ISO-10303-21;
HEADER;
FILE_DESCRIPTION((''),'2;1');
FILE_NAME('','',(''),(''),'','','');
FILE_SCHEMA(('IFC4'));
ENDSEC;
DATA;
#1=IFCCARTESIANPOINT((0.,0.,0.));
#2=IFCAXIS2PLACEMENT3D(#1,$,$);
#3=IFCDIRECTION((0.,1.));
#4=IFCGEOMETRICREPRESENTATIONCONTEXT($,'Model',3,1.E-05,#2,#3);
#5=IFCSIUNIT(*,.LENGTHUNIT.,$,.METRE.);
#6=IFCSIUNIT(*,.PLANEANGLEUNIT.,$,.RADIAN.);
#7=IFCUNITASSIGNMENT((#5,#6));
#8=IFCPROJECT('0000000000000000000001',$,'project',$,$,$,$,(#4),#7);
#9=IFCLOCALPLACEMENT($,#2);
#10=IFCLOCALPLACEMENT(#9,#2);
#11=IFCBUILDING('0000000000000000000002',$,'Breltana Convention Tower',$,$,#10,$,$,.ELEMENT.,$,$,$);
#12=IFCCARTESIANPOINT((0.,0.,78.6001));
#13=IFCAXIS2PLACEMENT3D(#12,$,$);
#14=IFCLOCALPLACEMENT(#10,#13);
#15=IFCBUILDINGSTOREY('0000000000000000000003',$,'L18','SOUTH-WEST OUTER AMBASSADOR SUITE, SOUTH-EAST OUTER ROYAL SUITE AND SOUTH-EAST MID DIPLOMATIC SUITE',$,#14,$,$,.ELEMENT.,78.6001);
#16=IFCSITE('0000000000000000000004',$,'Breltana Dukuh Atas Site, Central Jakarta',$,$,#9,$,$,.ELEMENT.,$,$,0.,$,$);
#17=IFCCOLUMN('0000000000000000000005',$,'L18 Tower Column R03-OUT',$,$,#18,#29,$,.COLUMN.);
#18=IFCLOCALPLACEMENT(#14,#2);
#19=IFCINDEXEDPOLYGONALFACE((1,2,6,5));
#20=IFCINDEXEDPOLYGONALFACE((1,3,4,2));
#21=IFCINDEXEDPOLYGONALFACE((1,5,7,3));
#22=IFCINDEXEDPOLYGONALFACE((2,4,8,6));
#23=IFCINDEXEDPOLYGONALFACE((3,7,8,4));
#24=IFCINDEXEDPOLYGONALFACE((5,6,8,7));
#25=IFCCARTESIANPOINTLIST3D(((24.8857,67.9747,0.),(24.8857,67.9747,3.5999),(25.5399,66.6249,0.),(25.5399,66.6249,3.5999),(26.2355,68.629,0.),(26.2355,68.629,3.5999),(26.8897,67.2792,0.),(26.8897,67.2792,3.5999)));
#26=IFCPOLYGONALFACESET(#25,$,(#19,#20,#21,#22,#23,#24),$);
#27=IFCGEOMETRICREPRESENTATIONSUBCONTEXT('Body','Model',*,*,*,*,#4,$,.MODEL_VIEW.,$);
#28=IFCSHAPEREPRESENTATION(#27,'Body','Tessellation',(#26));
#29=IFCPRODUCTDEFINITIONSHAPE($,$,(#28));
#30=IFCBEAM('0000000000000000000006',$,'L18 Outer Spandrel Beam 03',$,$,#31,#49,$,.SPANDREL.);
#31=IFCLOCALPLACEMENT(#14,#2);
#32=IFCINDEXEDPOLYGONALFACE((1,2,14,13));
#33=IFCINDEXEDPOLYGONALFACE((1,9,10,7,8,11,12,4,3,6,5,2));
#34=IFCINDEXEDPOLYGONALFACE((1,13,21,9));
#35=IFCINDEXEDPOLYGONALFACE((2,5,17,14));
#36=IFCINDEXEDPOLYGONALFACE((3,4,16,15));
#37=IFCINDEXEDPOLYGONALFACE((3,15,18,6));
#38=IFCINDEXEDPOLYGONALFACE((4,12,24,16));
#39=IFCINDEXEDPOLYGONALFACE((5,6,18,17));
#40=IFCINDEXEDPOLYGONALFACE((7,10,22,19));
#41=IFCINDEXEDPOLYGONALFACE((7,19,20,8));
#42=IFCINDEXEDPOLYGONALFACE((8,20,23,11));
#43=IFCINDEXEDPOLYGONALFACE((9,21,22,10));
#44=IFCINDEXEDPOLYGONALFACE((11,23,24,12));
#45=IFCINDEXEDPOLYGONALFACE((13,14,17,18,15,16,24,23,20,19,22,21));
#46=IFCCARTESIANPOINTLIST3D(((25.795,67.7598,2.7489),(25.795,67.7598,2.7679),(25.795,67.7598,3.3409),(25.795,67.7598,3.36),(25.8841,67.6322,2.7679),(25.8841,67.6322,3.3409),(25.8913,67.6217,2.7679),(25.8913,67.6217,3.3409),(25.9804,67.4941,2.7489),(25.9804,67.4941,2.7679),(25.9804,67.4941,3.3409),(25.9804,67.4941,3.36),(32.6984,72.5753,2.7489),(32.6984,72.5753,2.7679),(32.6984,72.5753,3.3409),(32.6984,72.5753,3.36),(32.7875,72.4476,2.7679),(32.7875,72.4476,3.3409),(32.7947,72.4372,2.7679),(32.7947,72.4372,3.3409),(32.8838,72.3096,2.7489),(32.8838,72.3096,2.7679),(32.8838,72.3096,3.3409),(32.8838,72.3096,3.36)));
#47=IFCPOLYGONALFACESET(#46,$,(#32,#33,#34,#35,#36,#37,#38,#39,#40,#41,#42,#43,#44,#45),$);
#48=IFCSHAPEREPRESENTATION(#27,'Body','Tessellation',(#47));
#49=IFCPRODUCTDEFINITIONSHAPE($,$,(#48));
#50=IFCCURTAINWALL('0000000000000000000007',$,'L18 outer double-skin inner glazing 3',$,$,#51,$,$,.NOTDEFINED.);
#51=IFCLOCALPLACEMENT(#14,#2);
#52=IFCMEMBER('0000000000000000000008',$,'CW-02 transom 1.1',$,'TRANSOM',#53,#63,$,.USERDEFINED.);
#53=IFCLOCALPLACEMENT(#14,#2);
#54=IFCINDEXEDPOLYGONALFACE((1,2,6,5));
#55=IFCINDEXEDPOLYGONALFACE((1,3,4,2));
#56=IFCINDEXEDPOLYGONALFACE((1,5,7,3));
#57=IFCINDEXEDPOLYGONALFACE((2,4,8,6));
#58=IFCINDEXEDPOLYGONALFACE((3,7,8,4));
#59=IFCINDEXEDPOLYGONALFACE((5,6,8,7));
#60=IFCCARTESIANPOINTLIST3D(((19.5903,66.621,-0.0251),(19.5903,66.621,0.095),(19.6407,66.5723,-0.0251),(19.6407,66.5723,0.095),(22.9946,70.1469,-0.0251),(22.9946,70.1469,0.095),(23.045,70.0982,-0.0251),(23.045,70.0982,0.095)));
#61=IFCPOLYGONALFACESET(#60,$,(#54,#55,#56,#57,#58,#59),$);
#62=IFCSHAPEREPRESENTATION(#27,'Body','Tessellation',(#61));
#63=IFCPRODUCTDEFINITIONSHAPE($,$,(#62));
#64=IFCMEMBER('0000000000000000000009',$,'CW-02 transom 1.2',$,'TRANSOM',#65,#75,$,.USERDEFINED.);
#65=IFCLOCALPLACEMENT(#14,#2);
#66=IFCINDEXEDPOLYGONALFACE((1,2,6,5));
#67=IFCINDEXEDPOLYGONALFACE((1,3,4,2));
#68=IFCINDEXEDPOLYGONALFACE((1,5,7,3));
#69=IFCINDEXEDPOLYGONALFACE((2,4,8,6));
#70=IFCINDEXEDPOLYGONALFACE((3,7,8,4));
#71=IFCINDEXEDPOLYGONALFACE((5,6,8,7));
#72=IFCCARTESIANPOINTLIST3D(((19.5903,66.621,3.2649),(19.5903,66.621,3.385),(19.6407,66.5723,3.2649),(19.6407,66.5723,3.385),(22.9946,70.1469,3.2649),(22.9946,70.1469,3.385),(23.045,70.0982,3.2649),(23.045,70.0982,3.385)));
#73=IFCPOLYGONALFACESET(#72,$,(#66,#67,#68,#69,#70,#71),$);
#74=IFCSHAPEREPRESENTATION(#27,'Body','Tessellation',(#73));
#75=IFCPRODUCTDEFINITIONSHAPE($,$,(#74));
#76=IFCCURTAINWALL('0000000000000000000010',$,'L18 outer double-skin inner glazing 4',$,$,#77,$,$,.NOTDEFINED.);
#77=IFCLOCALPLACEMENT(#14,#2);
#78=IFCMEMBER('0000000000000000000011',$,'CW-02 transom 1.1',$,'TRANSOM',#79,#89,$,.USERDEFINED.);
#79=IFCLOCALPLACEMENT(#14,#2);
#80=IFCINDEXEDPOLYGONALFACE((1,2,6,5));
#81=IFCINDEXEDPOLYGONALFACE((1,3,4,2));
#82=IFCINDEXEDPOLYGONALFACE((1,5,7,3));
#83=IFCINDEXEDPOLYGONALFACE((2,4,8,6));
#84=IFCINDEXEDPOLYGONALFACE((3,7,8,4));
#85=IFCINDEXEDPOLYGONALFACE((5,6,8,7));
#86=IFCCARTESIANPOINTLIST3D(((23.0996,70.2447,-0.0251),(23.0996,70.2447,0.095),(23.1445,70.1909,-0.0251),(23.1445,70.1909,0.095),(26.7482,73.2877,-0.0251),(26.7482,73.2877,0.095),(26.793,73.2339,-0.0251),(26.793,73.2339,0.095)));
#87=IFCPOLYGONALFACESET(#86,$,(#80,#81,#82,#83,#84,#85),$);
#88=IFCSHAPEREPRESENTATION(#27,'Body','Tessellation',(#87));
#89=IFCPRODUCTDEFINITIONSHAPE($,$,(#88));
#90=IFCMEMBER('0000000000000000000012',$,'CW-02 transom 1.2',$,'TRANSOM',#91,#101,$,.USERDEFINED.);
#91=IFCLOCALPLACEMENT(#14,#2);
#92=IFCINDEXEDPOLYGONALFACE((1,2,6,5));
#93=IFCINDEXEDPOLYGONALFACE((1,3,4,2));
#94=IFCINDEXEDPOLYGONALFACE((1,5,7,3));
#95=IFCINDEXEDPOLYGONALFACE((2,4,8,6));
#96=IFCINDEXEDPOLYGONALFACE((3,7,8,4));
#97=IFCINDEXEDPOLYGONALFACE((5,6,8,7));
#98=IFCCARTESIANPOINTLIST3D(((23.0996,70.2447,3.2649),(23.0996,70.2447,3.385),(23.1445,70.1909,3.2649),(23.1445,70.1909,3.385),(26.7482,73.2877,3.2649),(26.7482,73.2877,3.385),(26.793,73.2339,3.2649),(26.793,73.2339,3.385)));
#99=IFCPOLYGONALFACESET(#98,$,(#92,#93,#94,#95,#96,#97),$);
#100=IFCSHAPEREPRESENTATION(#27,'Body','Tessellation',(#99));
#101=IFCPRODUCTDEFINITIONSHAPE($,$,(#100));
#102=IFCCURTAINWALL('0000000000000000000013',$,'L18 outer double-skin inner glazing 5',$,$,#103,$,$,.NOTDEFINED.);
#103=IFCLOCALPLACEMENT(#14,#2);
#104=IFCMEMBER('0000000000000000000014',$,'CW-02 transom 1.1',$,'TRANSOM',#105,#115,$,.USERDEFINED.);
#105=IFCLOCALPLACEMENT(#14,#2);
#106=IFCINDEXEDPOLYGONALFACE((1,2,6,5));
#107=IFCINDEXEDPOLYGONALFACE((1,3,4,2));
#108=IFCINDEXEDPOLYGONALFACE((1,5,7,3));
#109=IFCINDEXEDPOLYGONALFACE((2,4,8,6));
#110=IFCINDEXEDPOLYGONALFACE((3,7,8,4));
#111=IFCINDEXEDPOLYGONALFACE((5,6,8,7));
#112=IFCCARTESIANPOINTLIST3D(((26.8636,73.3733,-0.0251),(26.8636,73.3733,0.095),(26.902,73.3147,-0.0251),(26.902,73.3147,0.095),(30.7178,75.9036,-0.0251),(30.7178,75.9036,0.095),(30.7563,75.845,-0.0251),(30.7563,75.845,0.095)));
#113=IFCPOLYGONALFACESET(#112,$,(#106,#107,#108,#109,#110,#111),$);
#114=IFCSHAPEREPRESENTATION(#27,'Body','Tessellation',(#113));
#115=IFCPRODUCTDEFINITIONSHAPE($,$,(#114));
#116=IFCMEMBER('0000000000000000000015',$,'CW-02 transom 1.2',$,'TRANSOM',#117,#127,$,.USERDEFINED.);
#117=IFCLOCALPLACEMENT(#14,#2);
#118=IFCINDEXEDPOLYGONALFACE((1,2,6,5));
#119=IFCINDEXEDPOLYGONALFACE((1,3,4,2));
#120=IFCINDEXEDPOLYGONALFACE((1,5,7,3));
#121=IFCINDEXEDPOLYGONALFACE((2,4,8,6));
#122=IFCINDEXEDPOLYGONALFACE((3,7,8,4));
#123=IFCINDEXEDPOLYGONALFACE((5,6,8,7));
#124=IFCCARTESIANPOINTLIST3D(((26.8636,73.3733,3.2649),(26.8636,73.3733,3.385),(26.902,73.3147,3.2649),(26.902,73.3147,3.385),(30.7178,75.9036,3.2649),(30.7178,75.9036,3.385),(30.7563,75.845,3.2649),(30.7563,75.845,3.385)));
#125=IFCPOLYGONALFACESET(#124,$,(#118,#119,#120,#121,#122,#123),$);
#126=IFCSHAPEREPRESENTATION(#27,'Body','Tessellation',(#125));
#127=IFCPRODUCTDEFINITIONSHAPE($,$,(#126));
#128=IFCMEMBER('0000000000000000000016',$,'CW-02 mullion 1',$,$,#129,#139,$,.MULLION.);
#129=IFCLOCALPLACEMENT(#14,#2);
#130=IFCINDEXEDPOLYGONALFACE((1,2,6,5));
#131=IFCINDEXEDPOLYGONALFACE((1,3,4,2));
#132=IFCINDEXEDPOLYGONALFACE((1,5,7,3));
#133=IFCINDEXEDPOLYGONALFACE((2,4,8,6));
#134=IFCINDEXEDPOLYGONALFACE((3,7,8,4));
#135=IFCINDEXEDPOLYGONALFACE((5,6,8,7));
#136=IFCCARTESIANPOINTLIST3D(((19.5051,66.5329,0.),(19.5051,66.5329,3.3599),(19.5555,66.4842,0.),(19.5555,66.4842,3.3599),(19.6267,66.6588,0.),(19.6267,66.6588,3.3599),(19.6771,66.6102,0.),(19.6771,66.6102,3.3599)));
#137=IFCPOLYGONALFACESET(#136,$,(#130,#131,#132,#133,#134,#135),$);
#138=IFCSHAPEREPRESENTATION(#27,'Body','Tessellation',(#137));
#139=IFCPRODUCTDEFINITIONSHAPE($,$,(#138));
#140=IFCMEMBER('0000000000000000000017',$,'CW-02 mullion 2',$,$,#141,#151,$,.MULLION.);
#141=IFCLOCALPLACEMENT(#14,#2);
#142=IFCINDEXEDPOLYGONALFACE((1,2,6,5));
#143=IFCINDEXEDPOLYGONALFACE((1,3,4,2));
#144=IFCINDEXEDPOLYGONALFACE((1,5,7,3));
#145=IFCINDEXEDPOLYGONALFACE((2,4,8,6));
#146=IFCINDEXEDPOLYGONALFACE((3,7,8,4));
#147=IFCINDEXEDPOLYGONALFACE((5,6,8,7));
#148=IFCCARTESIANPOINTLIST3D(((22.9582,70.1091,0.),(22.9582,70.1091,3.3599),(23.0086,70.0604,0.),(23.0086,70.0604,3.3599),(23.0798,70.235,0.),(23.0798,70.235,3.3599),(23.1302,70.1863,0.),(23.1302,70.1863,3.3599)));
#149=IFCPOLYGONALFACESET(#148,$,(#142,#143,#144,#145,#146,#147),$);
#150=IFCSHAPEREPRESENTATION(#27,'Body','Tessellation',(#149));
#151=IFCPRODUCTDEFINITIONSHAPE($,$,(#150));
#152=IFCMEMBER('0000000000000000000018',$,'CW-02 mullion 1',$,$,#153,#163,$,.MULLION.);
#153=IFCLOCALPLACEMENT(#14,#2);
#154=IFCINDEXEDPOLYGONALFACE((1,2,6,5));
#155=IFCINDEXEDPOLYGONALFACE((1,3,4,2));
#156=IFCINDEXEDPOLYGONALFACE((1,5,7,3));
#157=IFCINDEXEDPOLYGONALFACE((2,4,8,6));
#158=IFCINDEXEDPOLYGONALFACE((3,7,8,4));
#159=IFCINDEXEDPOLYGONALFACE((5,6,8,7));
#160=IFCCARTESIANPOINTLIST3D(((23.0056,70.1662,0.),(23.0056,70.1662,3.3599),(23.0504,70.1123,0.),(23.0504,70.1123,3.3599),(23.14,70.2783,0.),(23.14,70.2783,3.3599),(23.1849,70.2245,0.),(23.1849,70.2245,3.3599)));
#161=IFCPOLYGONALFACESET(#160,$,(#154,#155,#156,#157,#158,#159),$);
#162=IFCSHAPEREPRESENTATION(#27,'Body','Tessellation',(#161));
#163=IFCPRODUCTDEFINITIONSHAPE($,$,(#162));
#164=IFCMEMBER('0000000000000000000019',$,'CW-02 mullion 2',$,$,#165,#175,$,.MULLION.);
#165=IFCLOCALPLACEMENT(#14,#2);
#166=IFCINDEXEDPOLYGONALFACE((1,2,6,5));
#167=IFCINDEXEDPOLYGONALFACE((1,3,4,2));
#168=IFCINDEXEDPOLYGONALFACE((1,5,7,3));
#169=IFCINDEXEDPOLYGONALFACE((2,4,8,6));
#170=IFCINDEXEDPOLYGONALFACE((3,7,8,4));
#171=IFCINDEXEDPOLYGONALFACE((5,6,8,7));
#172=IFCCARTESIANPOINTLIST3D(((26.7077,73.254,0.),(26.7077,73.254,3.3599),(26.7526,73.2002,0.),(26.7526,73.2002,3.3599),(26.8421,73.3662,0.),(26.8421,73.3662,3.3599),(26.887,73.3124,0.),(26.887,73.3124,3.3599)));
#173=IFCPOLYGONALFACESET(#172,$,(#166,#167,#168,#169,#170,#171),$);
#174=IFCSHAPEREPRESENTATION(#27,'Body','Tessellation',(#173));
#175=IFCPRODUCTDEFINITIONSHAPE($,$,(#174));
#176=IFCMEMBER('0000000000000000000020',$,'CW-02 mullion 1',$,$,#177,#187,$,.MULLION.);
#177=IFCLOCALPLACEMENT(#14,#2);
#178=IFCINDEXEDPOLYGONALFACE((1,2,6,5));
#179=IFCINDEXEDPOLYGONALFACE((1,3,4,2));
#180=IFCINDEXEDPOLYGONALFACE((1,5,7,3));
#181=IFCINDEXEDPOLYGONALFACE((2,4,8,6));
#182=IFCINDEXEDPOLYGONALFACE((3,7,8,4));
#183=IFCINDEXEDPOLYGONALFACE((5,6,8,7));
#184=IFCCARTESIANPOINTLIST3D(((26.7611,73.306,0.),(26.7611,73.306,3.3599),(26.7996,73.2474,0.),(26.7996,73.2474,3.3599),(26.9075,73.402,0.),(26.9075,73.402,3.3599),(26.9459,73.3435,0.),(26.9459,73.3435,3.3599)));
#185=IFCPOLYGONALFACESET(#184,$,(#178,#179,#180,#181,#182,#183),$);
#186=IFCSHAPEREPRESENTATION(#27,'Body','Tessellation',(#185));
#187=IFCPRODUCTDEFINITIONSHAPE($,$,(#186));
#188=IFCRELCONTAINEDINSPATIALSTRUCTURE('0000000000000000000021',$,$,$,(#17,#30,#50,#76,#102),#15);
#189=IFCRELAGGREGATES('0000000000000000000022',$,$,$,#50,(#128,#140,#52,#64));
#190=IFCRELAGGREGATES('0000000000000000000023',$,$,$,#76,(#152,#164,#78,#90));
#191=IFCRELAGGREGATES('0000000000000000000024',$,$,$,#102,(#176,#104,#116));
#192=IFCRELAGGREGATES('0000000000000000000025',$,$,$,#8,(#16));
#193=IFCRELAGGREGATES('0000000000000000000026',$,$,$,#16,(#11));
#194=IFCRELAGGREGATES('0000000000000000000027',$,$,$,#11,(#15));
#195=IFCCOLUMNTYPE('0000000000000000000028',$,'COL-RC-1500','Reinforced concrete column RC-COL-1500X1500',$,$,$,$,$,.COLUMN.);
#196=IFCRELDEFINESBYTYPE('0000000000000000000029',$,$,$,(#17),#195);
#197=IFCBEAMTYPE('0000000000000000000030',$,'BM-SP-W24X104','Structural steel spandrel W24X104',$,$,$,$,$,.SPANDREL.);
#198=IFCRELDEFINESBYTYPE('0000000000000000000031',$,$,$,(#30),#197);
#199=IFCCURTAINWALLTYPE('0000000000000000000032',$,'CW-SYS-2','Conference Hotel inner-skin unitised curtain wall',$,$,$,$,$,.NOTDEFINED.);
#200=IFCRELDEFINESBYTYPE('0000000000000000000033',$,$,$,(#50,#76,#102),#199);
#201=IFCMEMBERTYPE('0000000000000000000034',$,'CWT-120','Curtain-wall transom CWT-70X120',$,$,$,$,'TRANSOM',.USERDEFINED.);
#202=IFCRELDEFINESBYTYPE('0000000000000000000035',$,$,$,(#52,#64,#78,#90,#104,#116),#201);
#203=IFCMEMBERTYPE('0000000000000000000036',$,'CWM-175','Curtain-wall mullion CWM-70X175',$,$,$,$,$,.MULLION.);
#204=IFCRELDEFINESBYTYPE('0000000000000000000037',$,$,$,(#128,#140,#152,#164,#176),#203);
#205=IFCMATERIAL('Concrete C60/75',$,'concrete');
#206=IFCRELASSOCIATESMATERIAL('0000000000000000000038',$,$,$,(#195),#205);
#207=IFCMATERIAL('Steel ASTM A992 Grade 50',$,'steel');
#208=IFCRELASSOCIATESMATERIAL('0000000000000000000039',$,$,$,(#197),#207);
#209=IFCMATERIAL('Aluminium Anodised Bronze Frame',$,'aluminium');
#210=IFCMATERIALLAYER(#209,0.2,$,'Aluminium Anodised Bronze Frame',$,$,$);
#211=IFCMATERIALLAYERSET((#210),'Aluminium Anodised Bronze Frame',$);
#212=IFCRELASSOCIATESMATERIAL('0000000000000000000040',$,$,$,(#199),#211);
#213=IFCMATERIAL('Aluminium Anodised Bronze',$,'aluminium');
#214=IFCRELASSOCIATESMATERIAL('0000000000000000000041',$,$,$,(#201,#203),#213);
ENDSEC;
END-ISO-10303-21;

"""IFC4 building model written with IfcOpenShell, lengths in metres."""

from ifc_helpers import new_model, si_unit, direction, frame, origin, origin_2d, place, context, subcontext, project, spatial, rectangle, i_section, extrude, source, transform, mapped, material, layer, layer_set, material_profile, profile_set, type_object, element, aggregate, save


model = new_model("IFC4")

# Units and contexts
model_context = context("Model", 3, precision=1e-05, world=origin(), true_north=direction((0.0, 1.0)))
body_context = subcontext(model_context, "Body", "Model", "MODEL_VIEW")
ifc_project = project(units=[si_unit("LENGTHUNIT", "METRE"), si_unit("PLANEANGLEUNIT", "RADIAN")], contexts=[model_context])

# Site, building, storey
site_placement = place(None, origin())
site = spatial("IfcSite", under=ifc_project, at=site_placement, Name="Breltana Dukuh Atas Site, Central Jakarta", CompositionType="ELEMENT", RefElevation=0.0)
building_placement = place(site_placement, origin())
building = spatial("IfcBuilding", under=site, at=building_placement, Name="Breltana Convention Tower", CompositionType="ELEMENT")
storey_placement = place(building_placement, frame((0.0, 0.0, 78.6001)))
storey = spatial("IfcBuildingStorey", under=building, at=storey_placement, Name="L18", Description="SOUTH-WEST OUTER AMBASSADOR SUITE, SOUTH-EAST OUTER ROYAL SUITE AND SOUTH-EAST MID DIPLOMATIC SUITE", CompositionType="ELEMENT", Elevation=78.6001)

# Column
ifc_material_1 = material(Name="Concrete C60/75", Category="concrete")
ifc_material_profile_1 = material_profile(ifc_material_1, rectangle(XDim=1.5, YDim=1.5, at=origin_2d()), Name="RC-COL-1500X1500")
ifc_profile_set_1 = profile_set([ifc_material_profile_1], Name="Concrete C60/75")
column_type = type_object("IfcColumnType", Name="COL-RC-1500", Description="Reinforced concrete column RC-COL-1500X1500", PredefinedType="COLUMN", material=ifc_profile_set_1)
shared_shape_1 = source(origin(), body_context, "Body", "SweptSolid", [
    extrude(rectangle(XDim=1.5, YDim=1.5, at=origin_2d()), origin(), (0.0, 0.0, 1.0), 3.5999),
])
column_placement = place(storey_placement, frame((25.8877, 67.627, 0.0), z_axis=(0.0, 0.0, 1.0), x_axis=(-0.436174, 0.899863, 0.0)))
element("IfcColumn", 1, at=column_placement, inside=storey, type_object=column_type, Name="L18 Tower Column R03-OUT", PredefinedType="COLUMN", context=body_context, shape_type="MappedRepresentation", body=[
    mapped(shared_shape_1, transform((0.0, 0.0, 0.0), scale=1.0)),
])

# Beam
ifc_material_2 = material(Name="Steel ASTM A992 Grade 50", Category="steel")
ifc_material_profile_2 = material_profile(ifc_material_2, i_section(OverallWidth=0.324, OverallDepth=0.6111, WebThickness=0.0127, FlangeThickness=0.019, at=origin_2d()), Name="W24X104")
ifc_profile_set_2 = profile_set([ifc_material_profile_2], Name="Steel ASTM A992 Grade 50")
beam_type = type_object("IfcBeamType", Name="BM-SP-W24X104", Description="Structural steel spandrel W24X104", PredefinedType="SPANDREL", material=ifc_profile_set_2)
shared_shape_2 = source(origin(), body_context, "Body", "SweptSolid", [
    extrude(i_section(OverallWidth=0.324, OverallDepth=0.6111, WebThickness=0.0127, FlangeThickness=0.019, at=origin_2d()), origin(), (0.0, 0.0, 1.0), 8.417),
])
beam_placement = place(storey_placement, frame((25.8877, 67.627, 3.0544), z_axis=(0.820174, 0.572114, 0.0), x_axis=(-0.572114, 0.820174, 0.0)))
element("IfcBeam", 2, at=beam_placement, inside=storey, type_object=beam_type, Name="L18 Outer Spandrel Beam 03", PredefinedType="SPANDREL", context=body_context, shape_type="MappedRepresentation", body=[
    mapped(shared_shape_2, transform((0.0, 0.0, 0.0), scale=1.0)),
])

# Curtain walls, members
ifc_material_3 = material(Name="Aluminium Anodised Bronze Frame", Category="aluminium")
ifc_layer_1 = layer(ifc_material_3, 0.2, Name="Aluminium Anodised Bronze Frame")
ifc_layer_set_1 = layer_set([ifc_layer_1], Name="Aluminium Anodised Bronze Frame")
curtain_wall_type = type_object("IfcCurtainWallType", Name="CW-SYS-2", Description="Conference Hotel inner-skin unitised curtain wall", PredefinedType="NOTDEFINED", material=ifc_layer_set_1)
curtain_wall_1_placement = place(storey_placement, origin())
curtain_wall_1 = element("IfcCurtainWall", 3, at=curtain_wall_1_placement, inside=storey, type_object=curtain_wall_type, Name="L18 outer double-skin inner glazing 3", PredefinedType="NOTDEFINED")
ifc_material_4 = material(Name="Aluminium Anodised Bronze", Category="aluminium")
ifc_material_profile_3 = material_profile(ifc_material_4, rectangle(XDim=0.0701, YDim=0.1201, at=origin_2d()), Name="CWT-70X120")
ifc_profile_set_3 = profile_set([ifc_material_profile_3], Name="Aluminium Anodised Bronze")
member_type_1 = type_object("IfcMemberType", Name="CWT-120", Description="Curtain-wall transom CWT-70X120", ElementType="TRANSOM", PredefinedType="USERDEFINED", material=ifc_profile_set_3)
shared_shape_3 = source(origin(), body_context, "Body", "SweptSolid", [
    extrude(rectangle(XDim=0.0701, YDim=0.1201, at=origin_2d()), origin(), (0.0, 0.0, 1.0), 4.9011),
])
member_1_placement = place(storey_placement, frame((19.6155, 66.5967, 0.0349), z_axis=(0.694595, 0.719401, 0.0), x_axis=(-0.719401, 0.694595, 0.0)))
member_1 = element("IfcMember", 4, at=member_1_placement, type_object=member_type_1, Name="CW-02 transom 1.1", ObjectType="TRANSOM", PredefinedType="USERDEFINED", context=body_context, shape_type="MappedRepresentation", body=[
    mapped(shared_shape_3, transform((0.0, 0.0, 0.0), scale=1.0)),
])
member_2_placement = place(storey_placement, frame((19.6155, 66.5967, 3.325), z_axis=(0.694595, 0.719401, 0.0), x_axis=(-0.719401, 0.694595, 0.0)))
member_2 = element("IfcMember", 5, at=member_2_placement, type_object=member_type_1, Name="CW-02 transom 1.2", ObjectType="TRANSOM", PredefinedType="USERDEFINED", context=body_context, shape_type="MappedRepresentation", body=[
    mapped(shared_shape_3, transform((0.0, 0.0, 0.0), scale=1.0)),
])
curtain_wall_2_placement = place(storey_placement, origin())
curtain_wall_2 = element("IfcCurtainWall", 6, at=curtain_wall_2_placement, inside=storey, type_object=curtain_wall_type, Name="L18 outer double-skin inner glazing 4", PredefinedType="NOTDEFINED")
shared_shape_4 = source(origin(), body_context, "Body", "SweptSolid", [
    extrude(rectangle(XDim=0.0701, YDim=0.1201, at=origin_2d()), origin(), (0.0, 0.0, 1.0), 4.751),
])
member_3_placement = place(storey_placement, frame((23.1221, 70.2178, 0.0349), z_axis=(0.767952, 0.640508, 0.0), x_axis=(-0.640508, 0.767952, 0.0)))
member_3 = element("IfcMember", 7, at=member_3_placement, type_object=member_type_1, Name="CW-02 transom 1.1", ObjectType="TRANSOM", PredefinedType="USERDEFINED", context=body_context, shape_type="MappedRepresentation", body=[
    mapped(shared_shape_4, transform((0.0, 0.0, 0.0), scale=1.0)),
])
member_4_placement = place(storey_placement, frame((23.1221, 70.2178, 3.325), z_axis=(0.767952, 0.640508, 0.0), x_axis=(-0.640508, 0.767952, 0.0)))
member_4 = element("IfcMember", 8, at=member_4_placement, type_object=member_type_1, Name="CW-02 transom 1.2", ObjectType="TRANSOM", PredefinedType="USERDEFINED", context=body_context, shape_type="MappedRepresentation", body=[
    mapped(shared_shape_4, transform((0.0, 0.0, 0.0), scale=1.0)),
])
curtain_wall_3_placement = place(storey_placement, origin())
curtain_wall_3 = element("IfcCurtainWall", 9, at=curtain_wall_3_placement, inside=storey, type_object=curtain_wall_type, Name="L18 outer double-skin inner glazing 5", PredefinedType="NOTDEFINED")
shared_shape_5 = source(origin(), body_context, "Body", "SweptSolid", [
    extrude(rectangle(XDim=0.0701, YDim=0.1201, at=origin_2d()), origin(), (0.0, 0.0, 1.0), 4.6106),
])
member_5_placement = place(storey_placement, frame((26.8828, 73.344, 0.0349), z_axis=(0.835956, 0.548796, 0.0), x_axis=(-0.548796, 0.835956, 0.0)))
member_5 = element("IfcMember", 10, at=member_5_placement, type_object=member_type_1, Name="CW-02 transom 1.1", ObjectType="TRANSOM", PredefinedType="USERDEFINED", context=body_context, shape_type="MappedRepresentation", body=[
    mapped(shared_shape_5, transform((0.0, 0.0, 0.0), scale=1.0)),
])
member_6_placement = place(storey_placement, frame((26.8828, 73.344, 3.325), z_axis=(0.835956, 0.548796, 0.0), x_axis=(-0.548796, 0.835956, 0.0)))
member_6 = element("IfcMember", 11, at=member_6_placement, type_object=member_type_1, Name="CW-02 transom 1.2", ObjectType="TRANSOM", PredefinedType="USERDEFINED", context=body_context, shape_type="MappedRepresentation", body=[
    mapped(shared_shape_5, transform((0.0, 0.0, 0.0), scale=1.0)),
])

# Members
ifc_material_profile_4 = material_profile(ifc_material_4, rectangle(XDim=0.0701, YDim=0.175, at=origin_2d()), Name="CWM-70X175")
ifc_profile_set_4 = profile_set([ifc_material_profile_4], Name="Aluminium Anodised Bronze")
member_type_2 = type_object("IfcMemberType", Name="CWM-175", Description="Curtain-wall mullion CWM-70X175", PredefinedType="MULLION", material=ifc_profile_set_4)
shared_shape_6 = source(origin(), body_context, "Body", "SweptSolid", [
    extrude(rectangle(XDim=0.0701, YDim=0.175, at=origin_2d()), origin(), (0.0, 0.0, 1.0), 3.3599),
])
member_7_placement = place(storey_placement, frame((19.5911, 66.5715, 0.0), z_axis=(0.0, 0.0, 1.0), x_axis=(-0.719386, 0.69461, 0.0)))
member_7 = element("IfcMember", 12, at=member_7_placement, type_object=member_type_2, Name="CW-02 mullion 1", PredefinedType="MULLION", context=body_context, shape_type="MappedRepresentation", body=[
    mapped(shared_shape_6, transform((0.0, 0.0, 0.0), scale=1.0)),
])
member_8_placement = place(storey_placement, frame((23.0442, 70.1477, 0.0), z_axis=(0.0, 0.0, 1.0), x_axis=(-0.719386, 0.69461, 0.0)))
member_8 = element("IfcMember", 13, at=member_8_placement, type_object=member_type_2, Name="CW-02 mullion 2", PredefinedType="MULLION", context=body_context, shape_type="MappedRepresentation", body=[
    mapped(shared_shape_6, transform((0.0, 0.0, 0.0), scale=1.0)),
])
member_9_placement = place(storey_placement, frame((23.0952, 70.1953, 0.0), z_axis=(0.0, 0.0, 1.0), x_axis=(-0.64052, 0.767941, 0.0)))
member_9 = element("IfcMember", 14, at=member_9_placement, type_object=member_type_2, Name="CW-02 mullion 1", PredefinedType="MULLION", context=body_context, shape_type="MappedRepresentation", body=[
    mapped(shared_shape_6, transform((0.0, 0.0, 0.0), scale=1.0)),
])
member_10_placement = place(storey_placement, frame((26.7974, 73.2832, 0.0), z_axis=(0.0, 0.0, 1.0), x_axis=(-0.64052, 0.767941, 0.0)))
member_10 = element("IfcMember", 15, at=member_10_placement, type_object=member_type_2, Name="CW-02 mullion 2", PredefinedType="MULLION", context=body_context, shape_type="MappedRepresentation", body=[
    mapped(shared_shape_6, transform((0.0, 0.0, 0.0), scale=1.0)),
])
member_11_placement = place(storey_placement, frame((26.8535, 73.3247, 0.0), z_axis=(0.0, 0.0, 1.0), x_axis=(-0.548784, 0.835964, 0.0)))
member_11 = element("IfcMember", 16, at=member_11_placement, type_object=member_type_2, Name="CW-02 mullion 1", PredefinedType="MULLION", context=body_context, shape_type="MappedRepresentation", body=[
    mapped(shared_shape_6, transform((0.0, 0.0, 0.0), scale=1.0)),
])

aggregate(curtain_wall_1, [member_7, member_8, member_1, member_2])
aggregate(curtain_wall_2, [member_9, member_10, member_3, member_4])
aggregate(curtain_wall_3, [member_11, member_5, member_6])

save(model, "model.ifc")
